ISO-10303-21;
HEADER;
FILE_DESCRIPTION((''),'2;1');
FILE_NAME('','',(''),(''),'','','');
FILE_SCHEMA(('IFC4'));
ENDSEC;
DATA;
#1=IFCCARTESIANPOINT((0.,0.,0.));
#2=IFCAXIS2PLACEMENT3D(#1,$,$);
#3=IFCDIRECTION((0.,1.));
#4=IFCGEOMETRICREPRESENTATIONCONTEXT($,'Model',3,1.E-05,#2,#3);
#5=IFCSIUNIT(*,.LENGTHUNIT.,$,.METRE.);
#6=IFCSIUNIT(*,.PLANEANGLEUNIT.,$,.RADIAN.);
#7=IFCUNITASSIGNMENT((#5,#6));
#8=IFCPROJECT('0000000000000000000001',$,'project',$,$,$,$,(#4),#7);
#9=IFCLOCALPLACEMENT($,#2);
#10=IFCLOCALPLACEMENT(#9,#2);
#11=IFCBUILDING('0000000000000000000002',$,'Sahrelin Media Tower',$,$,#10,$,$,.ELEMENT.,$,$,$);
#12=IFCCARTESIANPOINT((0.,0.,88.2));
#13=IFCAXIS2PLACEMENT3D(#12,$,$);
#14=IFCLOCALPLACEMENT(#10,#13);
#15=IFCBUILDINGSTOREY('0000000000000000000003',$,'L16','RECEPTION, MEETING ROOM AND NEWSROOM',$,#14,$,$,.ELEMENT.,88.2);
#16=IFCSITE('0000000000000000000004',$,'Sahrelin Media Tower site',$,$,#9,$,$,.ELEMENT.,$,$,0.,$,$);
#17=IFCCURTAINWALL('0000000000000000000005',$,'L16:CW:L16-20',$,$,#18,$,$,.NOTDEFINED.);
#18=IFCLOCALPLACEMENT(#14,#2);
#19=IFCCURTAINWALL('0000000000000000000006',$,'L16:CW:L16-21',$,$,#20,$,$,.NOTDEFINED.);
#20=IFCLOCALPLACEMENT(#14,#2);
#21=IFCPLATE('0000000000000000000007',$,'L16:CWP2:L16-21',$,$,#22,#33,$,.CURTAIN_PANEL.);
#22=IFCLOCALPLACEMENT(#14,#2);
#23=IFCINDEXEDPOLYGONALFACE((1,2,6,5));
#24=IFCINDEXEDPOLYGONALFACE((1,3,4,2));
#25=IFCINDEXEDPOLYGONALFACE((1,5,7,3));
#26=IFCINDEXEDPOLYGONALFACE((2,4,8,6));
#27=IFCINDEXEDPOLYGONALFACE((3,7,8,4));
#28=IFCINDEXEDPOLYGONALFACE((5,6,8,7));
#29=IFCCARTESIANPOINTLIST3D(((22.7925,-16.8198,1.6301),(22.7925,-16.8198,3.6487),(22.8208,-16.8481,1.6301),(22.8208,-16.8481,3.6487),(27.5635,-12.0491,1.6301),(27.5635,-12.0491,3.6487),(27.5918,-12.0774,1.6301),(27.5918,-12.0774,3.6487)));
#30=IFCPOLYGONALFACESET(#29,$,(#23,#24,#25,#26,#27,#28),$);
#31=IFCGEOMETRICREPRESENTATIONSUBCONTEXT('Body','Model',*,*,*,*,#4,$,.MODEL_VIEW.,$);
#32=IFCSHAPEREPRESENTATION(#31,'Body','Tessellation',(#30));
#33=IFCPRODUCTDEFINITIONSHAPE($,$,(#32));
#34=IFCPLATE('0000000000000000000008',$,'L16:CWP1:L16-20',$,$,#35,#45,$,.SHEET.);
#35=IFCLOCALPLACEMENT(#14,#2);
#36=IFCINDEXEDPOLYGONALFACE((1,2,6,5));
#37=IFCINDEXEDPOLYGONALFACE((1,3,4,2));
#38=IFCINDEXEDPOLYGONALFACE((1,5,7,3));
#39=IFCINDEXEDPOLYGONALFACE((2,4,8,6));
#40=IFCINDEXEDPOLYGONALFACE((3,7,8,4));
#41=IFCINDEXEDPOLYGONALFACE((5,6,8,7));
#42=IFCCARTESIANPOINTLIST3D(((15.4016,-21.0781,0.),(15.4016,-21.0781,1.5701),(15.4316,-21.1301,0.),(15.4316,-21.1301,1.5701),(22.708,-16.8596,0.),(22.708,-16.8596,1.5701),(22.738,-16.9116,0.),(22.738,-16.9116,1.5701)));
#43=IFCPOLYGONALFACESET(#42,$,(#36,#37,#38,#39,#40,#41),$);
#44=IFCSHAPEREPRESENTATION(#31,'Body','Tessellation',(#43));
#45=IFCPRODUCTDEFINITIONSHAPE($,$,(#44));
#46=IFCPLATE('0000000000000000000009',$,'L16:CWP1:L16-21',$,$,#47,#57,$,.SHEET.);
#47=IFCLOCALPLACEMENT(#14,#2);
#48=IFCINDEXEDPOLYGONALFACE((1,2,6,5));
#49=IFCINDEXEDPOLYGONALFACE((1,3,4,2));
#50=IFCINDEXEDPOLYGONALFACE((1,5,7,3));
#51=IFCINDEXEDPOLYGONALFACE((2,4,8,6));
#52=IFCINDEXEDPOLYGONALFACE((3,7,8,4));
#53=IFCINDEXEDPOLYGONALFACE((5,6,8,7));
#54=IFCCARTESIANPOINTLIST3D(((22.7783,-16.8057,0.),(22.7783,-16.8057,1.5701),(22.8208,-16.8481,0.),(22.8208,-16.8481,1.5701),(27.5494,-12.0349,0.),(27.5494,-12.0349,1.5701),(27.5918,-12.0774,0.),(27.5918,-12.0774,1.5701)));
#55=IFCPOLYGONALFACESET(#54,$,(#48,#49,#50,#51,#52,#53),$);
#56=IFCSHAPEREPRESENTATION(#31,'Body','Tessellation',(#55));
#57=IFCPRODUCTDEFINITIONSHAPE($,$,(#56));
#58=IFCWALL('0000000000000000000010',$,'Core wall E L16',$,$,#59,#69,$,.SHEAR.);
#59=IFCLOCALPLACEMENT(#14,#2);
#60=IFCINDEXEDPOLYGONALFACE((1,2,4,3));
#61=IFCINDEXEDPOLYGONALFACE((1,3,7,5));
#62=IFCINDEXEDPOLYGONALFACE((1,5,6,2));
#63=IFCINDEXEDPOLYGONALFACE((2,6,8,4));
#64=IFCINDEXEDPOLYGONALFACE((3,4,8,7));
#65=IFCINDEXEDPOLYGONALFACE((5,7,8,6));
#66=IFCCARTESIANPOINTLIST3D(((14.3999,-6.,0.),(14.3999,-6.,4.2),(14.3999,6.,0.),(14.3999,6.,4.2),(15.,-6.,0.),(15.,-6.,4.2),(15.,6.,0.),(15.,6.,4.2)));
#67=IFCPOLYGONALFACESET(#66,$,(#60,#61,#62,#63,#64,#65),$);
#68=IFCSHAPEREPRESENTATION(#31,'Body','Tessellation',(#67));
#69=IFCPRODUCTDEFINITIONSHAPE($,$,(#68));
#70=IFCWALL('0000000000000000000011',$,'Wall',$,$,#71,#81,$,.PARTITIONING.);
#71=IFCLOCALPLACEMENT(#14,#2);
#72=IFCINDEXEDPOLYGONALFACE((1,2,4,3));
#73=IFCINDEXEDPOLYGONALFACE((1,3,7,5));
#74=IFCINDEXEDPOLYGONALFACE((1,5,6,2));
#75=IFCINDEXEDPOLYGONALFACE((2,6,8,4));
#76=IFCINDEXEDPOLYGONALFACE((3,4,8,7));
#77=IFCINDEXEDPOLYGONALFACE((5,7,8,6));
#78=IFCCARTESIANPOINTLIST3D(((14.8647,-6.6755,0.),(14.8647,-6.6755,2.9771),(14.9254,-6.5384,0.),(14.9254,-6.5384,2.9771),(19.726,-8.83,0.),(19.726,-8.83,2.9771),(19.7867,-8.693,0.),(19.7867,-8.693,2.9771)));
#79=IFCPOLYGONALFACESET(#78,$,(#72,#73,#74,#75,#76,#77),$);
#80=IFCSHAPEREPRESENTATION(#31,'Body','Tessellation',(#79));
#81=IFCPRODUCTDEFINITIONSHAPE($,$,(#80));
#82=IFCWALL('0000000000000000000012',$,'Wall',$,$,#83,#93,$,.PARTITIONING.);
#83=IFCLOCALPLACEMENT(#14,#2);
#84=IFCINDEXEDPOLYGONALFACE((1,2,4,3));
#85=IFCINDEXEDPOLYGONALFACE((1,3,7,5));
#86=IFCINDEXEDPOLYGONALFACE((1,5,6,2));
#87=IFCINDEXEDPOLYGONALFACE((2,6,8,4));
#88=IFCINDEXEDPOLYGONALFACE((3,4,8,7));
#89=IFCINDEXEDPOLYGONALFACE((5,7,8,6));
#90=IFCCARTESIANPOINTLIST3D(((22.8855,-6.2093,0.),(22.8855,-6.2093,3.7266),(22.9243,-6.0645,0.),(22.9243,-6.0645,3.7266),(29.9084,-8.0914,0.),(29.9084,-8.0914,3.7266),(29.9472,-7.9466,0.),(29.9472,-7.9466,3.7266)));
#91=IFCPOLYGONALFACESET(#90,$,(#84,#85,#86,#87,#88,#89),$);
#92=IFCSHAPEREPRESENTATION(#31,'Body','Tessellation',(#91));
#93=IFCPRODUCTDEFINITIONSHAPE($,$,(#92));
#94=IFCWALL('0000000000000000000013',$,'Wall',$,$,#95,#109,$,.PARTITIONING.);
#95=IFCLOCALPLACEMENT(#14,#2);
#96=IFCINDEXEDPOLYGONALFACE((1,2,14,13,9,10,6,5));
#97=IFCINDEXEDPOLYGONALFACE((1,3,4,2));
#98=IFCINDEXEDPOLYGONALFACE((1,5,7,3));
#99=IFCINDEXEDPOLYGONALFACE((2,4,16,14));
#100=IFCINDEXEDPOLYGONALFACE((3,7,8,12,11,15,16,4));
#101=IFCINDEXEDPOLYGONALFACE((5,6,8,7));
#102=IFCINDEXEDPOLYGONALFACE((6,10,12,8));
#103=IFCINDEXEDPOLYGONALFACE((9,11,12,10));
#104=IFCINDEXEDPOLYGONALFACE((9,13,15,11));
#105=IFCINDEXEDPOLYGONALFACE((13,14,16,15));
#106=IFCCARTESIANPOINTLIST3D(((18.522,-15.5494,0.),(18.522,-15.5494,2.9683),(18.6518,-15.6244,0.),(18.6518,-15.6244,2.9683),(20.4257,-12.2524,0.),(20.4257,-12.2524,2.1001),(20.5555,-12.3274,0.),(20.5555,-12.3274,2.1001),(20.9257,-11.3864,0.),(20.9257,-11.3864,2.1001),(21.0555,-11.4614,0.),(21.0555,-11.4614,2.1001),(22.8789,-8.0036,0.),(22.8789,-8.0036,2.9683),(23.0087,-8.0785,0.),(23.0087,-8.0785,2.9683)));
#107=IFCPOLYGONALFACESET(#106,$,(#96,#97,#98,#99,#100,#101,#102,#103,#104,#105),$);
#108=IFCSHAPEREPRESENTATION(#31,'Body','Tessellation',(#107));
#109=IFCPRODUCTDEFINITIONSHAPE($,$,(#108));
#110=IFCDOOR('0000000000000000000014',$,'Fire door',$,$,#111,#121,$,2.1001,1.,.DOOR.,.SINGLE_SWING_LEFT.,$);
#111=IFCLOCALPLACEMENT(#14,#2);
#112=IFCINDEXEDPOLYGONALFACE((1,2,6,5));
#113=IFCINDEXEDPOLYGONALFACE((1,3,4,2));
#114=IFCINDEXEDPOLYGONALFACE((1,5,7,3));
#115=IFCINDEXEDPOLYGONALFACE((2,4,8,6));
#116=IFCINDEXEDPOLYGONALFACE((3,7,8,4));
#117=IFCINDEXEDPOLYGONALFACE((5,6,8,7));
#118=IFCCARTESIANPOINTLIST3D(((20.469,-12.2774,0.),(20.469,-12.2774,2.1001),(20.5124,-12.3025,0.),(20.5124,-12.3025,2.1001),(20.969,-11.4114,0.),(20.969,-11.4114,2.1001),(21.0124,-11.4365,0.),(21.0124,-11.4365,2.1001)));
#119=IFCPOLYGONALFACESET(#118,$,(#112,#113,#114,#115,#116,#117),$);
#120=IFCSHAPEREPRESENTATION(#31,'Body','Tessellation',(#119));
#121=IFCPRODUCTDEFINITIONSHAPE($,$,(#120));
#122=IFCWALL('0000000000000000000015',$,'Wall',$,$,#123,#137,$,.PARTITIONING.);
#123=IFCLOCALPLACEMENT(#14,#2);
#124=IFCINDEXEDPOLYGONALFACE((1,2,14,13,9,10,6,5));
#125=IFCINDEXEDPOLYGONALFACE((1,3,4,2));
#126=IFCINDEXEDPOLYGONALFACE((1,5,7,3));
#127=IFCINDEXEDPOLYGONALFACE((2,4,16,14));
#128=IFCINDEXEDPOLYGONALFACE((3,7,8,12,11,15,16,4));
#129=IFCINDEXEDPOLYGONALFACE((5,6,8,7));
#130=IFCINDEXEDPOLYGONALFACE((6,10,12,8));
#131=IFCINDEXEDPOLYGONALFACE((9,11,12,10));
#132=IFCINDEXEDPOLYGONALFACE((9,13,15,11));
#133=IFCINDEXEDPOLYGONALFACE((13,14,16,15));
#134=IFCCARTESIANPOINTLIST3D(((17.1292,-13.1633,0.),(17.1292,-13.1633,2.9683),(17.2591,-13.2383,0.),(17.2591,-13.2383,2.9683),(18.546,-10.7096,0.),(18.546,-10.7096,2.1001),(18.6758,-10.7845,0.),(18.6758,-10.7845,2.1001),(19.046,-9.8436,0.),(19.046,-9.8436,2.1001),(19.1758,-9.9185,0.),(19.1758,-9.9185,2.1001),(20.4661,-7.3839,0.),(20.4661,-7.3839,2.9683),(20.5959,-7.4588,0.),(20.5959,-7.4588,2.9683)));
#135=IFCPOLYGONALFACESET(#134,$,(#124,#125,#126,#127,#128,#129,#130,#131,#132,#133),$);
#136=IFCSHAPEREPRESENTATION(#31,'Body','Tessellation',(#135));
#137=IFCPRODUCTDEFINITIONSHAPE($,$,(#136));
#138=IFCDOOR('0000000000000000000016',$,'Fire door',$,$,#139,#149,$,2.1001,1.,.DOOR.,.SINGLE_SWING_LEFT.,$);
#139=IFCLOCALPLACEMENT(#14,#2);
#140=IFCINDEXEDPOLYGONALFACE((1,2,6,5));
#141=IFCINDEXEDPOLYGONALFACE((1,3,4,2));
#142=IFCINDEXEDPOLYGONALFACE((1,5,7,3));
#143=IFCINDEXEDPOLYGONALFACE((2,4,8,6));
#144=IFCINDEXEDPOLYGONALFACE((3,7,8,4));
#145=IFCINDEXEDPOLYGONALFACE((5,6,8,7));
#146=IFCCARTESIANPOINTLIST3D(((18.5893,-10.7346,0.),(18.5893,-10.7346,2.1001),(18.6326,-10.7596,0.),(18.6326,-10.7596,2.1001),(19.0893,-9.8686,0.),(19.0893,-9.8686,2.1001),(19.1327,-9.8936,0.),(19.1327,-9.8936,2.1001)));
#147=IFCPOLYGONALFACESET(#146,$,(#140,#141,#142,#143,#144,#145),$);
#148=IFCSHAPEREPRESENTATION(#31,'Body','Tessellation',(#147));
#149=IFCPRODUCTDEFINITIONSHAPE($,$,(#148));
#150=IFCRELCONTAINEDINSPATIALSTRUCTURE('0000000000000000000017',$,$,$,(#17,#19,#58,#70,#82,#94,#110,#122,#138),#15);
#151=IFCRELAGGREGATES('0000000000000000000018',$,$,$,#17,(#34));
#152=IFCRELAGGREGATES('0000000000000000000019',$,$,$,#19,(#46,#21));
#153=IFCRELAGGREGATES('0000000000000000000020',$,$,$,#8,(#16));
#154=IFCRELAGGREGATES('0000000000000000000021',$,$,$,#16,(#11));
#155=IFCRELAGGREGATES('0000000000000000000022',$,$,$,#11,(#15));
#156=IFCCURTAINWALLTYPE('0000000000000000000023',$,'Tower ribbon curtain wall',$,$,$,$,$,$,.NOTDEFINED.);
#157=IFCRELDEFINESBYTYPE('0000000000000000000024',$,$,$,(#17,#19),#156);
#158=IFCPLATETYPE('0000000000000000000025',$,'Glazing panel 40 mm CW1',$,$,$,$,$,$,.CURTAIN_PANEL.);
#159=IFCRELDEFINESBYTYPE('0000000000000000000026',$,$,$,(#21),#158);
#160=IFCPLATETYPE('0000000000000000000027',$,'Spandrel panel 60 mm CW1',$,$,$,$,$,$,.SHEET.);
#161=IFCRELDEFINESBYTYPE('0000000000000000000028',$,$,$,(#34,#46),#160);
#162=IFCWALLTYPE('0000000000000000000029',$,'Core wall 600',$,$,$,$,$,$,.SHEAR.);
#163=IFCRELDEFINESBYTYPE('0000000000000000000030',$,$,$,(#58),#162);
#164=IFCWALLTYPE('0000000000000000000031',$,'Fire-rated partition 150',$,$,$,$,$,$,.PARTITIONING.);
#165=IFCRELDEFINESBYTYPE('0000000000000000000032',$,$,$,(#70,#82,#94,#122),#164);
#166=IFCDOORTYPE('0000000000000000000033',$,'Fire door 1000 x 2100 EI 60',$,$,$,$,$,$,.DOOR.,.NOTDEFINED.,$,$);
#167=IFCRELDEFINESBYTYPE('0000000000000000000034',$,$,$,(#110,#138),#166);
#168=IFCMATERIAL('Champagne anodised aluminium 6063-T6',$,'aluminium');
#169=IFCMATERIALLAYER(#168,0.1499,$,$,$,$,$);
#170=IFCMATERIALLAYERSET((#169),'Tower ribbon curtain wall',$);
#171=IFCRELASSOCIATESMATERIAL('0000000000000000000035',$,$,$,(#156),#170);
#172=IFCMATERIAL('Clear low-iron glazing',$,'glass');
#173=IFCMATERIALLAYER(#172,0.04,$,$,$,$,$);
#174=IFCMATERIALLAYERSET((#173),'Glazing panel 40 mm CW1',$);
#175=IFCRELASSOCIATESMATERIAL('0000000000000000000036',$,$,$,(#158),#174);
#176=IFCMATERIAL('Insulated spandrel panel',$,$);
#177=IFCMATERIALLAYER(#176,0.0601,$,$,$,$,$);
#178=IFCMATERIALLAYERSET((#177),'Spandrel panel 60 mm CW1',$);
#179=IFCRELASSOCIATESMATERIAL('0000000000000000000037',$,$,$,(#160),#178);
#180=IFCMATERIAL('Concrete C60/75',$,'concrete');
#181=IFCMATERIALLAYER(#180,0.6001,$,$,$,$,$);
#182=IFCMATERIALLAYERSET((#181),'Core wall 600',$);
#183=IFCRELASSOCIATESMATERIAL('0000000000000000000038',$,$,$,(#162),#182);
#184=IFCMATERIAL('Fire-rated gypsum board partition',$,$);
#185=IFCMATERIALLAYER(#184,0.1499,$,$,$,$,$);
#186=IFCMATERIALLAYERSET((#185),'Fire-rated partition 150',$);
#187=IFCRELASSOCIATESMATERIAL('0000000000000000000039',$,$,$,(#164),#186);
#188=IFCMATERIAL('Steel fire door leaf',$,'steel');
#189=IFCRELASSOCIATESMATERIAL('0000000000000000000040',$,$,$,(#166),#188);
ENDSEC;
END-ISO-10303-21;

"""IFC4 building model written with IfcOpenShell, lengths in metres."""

from ifc_helpers import new_model, si_unit, direction, frame, frame_2d, origin, place, context, subcontext, project, spatial, polyline, rectangle, outline, extrude, material, layer, layer_set, type_object, element, fill, aggregate, save


model = new_model("IFC4")

# Units and contexts
model_context = context("Model", 3, precision=1e-05, world=origin(), true_north=direction((0.0, 1.0)))
body_context = subcontext(model_context, "Body", "Model", "MODEL_VIEW")
ifc_project = project(units=[si_unit("LENGTHUNIT", "METRE"), si_unit("PLANEANGLEUNIT", "RADIAN")], contexts=[model_context])

# Site, building, storey
site_placement = place(None, origin())
site = spatial("IfcSite", under=ifc_project, at=site_placement, Name="Sahrelin Media Tower site", CompositionType="ELEMENT", RefElevation=0.0)
building_placement = place(site_placement, origin())
building = spatial("IfcBuilding", under=site, at=building_placement, Name="Sahrelin Media Tower", CompositionType="ELEMENT")
storey_placement = place(building_placement, frame((0.0, 0.0, 88.2)))
storey = spatial("IfcBuildingStorey", under=building, at=storey_placement, Name="L16", Description="RECEPTION, MEETING ROOM AND NEWSROOM", CompositionType="ELEMENT", Elevation=88.2)

# Curtain wall
ifc_material_1 = material(Name="Champagne anodised aluminium 6063-T6", Category="aluminium")
ifc_layer_1 = layer(ifc_material_1, 0.1499)
ifc_layer_set_1 = layer_set([ifc_layer_1], Name="Tower ribbon curtain wall")
curtain_wall_type = type_object("IfcCurtainWallType", Name="Tower ribbon curtain wall", PredefinedType="NOTDEFINED", material=ifc_layer_set_1)
curtain_wall_1_placement = place(storey_placement, frame((19.075, -19.0037, 0.0), z_axis=(0.0, 0.0, 1.0), x_axis=(1.0, 0.0, 0.0)))
curtain_wall_1 = element("IfcCurtainWall", 1, at=curtain_wall_1_placement, inside=storey, type_object=curtain_wall_type, Name="L16:CW:L16-20", PredefinedType="NOTDEFINED")

# Curtain wall
curtain_wall_2_placement = place(storey_placement, frame((25.1921, -14.4487, 0.0), z_axis=(0.0, 0.0, 1.0), x_axis=(1.0, 0.0, 0.0)))
curtain_wall_2 = element("IfcCurtainWall", 2, at=curtain_wall_2_placement, inside=storey, type_object=curtain_wall_type, Name="L16:CW:L16-21", PredefinedType="NOTDEFINED")

# Plates
ifc_material_2 = material(Name="Clear low-iron glazing", Category="glass")
ifc_layer_2 = layer(ifc_material_2, 0.04)
ifc_layer_set_2 = layer_set([ifc_layer_2], Name="Glazing panel 40 mm CW1")
plate_type_1 = type_object("IfcPlateType", Name="Glazing panel 40 mm CW1", PredefinedType="CURTAIN_PANEL", material=ifc_layer_set_2)
plate_1_placement = place(storey_placement, frame((22.8208, -16.8481, 1.6301), z_axis=(0.707089, -0.707125, 0.0), x_axis=(0.707125, 0.707089, 0.0)))
plate_1 = element("IfcPlate", 3, at=plate_1_placement, type_object=plate_type_1, Name="L16:CWP2:L16-21", PredefinedType="CURTAIN_PANEL", context=body_context, shape_type="SweptSolid", body=[
    extrude(outline(polyline([(0.0, 0.0), (6.7471, 0.0), (6.7471, 2.0186), (0.0, 2.0186), (0.0, 0.0)])), origin(), (0.0, 0.0, -1.0), 0.04),
])
ifc_material_3 = material(Name="Insulated spandrel panel")
ifc_layer_3 = layer(ifc_material_3, 0.0601)
ifc_layer_set_3 = layer_set([ifc_layer_3], Name="Spandrel panel 60 mm CW1")
plate_type_2 = type_object("IfcPlateType", Name="Spandrel panel 60 mm CW1", PredefinedType="SHEET", material=ifc_layer_set_3)
plate_2_placement = place(storey_placement, frame((15.4316, -21.1301, 0.0), z_axis=(0.500014, -0.866017, 0.0), x_axis=(0.866017, 0.500014, 0.0)))
plate_2 = element("IfcPlate", 4, at=plate_2_placement, type_object=plate_type_2, Name="L16:CWP1:L16-20", PredefinedType="SHEET", context=body_context, shape_type="SweptSolid", body=[
    extrude(outline(polyline([(0.0, 0.0), (8.4368, 0.0), (8.4368, 1.5701), (0.0, 1.5701), (0.0, 0.0)])), origin(), (0.0, 0.0, -1.0), 0.0601),
])
aggregate(curtain_wall_1, [plate_2])
plate_3_placement = place(storey_placement, frame((22.8208, -16.8481, 0.0), z_axis=(0.707089, -0.707125, 0.0), x_axis=(0.707125, 0.707089, 0.0)))
plate_3 = element("IfcPlate", 5, at=plate_3_placement, type_object=plate_type_2, Name="L16:CWP1:L16-21", PredefinedType="SHEET", context=body_context, shape_type="SweptSolid", body=[
    extrude(outline(polyline([(0.0, 0.0), (6.7471, 0.0), (6.7471, 1.5701), (0.0, 1.5701), (0.0, 0.0)])), origin(), (0.0, 0.0, -1.0), 0.0601),
])
aggregate(curtain_wall_2, [plate_3, plate_1])

# Walls
ifc_material_4 = material(Name="Concrete C60/75", Category="concrete")
ifc_layer_4 = layer(ifc_material_4, 0.6001)
ifc_layer_set_4 = layer_set([ifc_layer_4], Name="Core wall 600")
wall_type_1 = type_object("IfcWallType", Name="Core wall 600", PredefinedType="SHEAR", material=ifc_layer_set_4)
wall_1_placement = place(storey_placement, frame((14.7, -6.0, 0.0), z_axis=(0.0, 0.0, 1.0), x_axis=(0.0, 1.0, 0.0)))
element("IfcWall", 6, at=wall_1_placement, inside=storey, type_object=wall_type_1, Name="Core wall E L16", PredefinedType="SHEAR", context=body_context, shape_type="SweptSolid", body=[
    extrude(rectangle(XDim=12.0, YDim=0.6001, at=frame_2d((6.0, 0.0))), origin(), (0.0, 0.0, 1.0), 4.2),
])
ifc_material_5 = material(Name="Fire-rated gypsum board partition")
ifc_layer_5 = layer(ifc_material_5, 0.1499)
ifc_layer_set_5 = layer_set([ifc_layer_5], Name="Fire-rated partition 150")
wall_type_2 = type_object("IfcWallType", Name="Fire-rated partition 150", PredefinedType="PARTITIONING", material=ifc_layer_set_5)
wall_2_placement = place(storey_placement, frame((14.895, -6.6069, 0.0), z_axis=(0.0, 0.0, 1.0), x_axis=(0.914233, -0.405188, 0.0)))
element("IfcWall", 7, at=wall_2_placement, inside=storey, type_object=wall_type_2, Name="Wall", PredefinedType="PARTITIONING", context=body_context, shape_type="SweptSolid", body=[
    extrude(rectangle(XDim=5.3174, YDim=0.1499, at=frame_2d((2.6587, 0.0))), origin(), (0.0, 0.0, 1.0), 2.9771),
])
wall_3_placement = place(storey_placement, frame((22.905, -6.137, 0.0), z_axis=(0.0, 0.0, 1.0), x_axis=(0.965916, -0.258856, 0.0)))
element("IfcWall", 8, at=wall_3_placement, inside=storey, type_object=wall_type_2, Name="Wall", PredefinedType="PARTITIONING", context=body_context, shape_type="SweptSolid", body=[
    extrude(rectangle(XDim=7.2708, YDim=0.1499, at=frame_2d((3.6353, 0.0))), origin(), (0.0, 0.0, 1.0), 3.7266),
])

# Walls, openings, doors
wall_4_placement = place(storey_placement, frame((18.5869, -15.5869, 0.0), z_axis=(0.0, 0.0, 1.0), x_axis=(0.500026, 0.86601, 0.0)))
wall_4 = element("IfcWall", 9, at=wall_4_placement, inside=storey, type_object=wall_type_2, Name="Wall", PredefinedType="PARTITIONING", context=body_context, shape_type="SweptSolid", body=[
    extrude(rectangle(XDim=8.7134, YDim=0.1499, at=frame_2d((4.3567, 0.0))), origin(), (0.0, 0.0, 1.0), 2.9683),
])
opening_1_placement = place(wall_4_placement, frame((3.8071, 0.0, 0.0)))
opening_1 = element("IfcOpeningElement", 10, at=opening_1_placement, cuts=wall_4, PredefinedType="OPENING", context=body_context, shape_type="SweptSolid", body=[
    extrude(rectangle(XDim=1.0, YDim=2.1001, at=frame_2d((0.5, 1.05))), frame((0.0, 0.075, 0.0), z_axis=(0.0, -1.0, 0.0), x_axis=(1.0, 0.0, 0.0)), (0.0, 0.0, 1.0), 0.1499),
])
ifc_material_6 = material(Name="Steel fire door leaf", Category="steel")
door_type = type_object("IfcDoorType", Name="Fire door 1000 x 2100 EI 60", OperationType="NOTDEFINED", PredefinedType="DOOR", material=ifc_material_6)
door_1_placement = place(opening_1_placement, origin())
door_1 = element("IfcDoor", 11, at=door_1_placement, inside=storey, type_object=door_type, Name="Fire door", OperationType="SINGLE_SWING_LEFT", OverallHeight=2.1001, OverallWidth=1.0, PredefinedType="DOOR", context=body_context, shape_type="SweptSolid", body=[
    extrude(rectangle(XDim=1.0, YDim=2.1001, at=frame_2d((0.5, 1.05))), frame((0.0, 0.0249, 0.0), z_axis=(0.0, -1.0, 0.0), x_axis=(1.0, 0.0, 0.0)), (0.0, 0.0, 1.0), 0.05),
])
fill(opening_1, door_1)
wall_5_placement = place(storey_placement, frame((17.1941, -13.2009, 0.0), z_axis=(0.0, 0.0, 1.0), x_axis=(0.500011, 0.866019, 0.0)))
wall_5 = element("IfcWall", 12, at=wall_5_placement, inside=storey, type_object=wall_type_2, Name="Wall", PredefinedType="PARTITIONING", context=body_context, shape_type="SweptSolid", body=[
    extrude(rectangle(XDim=6.6736, YDim=0.1499, at=frame_2d((3.3369, 0.0))), origin(), (0.0, 0.0, 1.0), 2.9683),
])
opening_2_placement = place(wall_5_placement, frame((2.8335, 0.0, 0.0)))
opening_2 = element("IfcOpeningElement", 13, at=opening_2_placement, cuts=wall_5, PredefinedType="OPENING", context=body_context, shape_type="SweptSolid", body=[
    extrude(rectangle(XDim=1.0, YDim=2.1001, at=frame_2d((0.5, 1.05))), frame((0.0, 0.075, 0.0), z_axis=(0.0, -1.0, 0.0), x_axis=(1.0, 0.0, 0.0)), (0.0, 0.0, 1.0), 0.1499),
])
door_2_placement = place(opening_2_placement, origin())
door_2 = element("IfcDoor", 14, at=door_2_placement, inside=storey, type_object=door_type, Name="Fire door", OperationType="SINGLE_SWING_LEFT", OverallHeight=2.1001, OverallWidth=1.0, PredefinedType="DOOR", context=body_context, shape_type="SweptSolid", body=[
    extrude(rectangle(XDim=1.0, YDim=2.1001, at=frame_2d((0.5, 1.05))), frame((0.0, 0.0249, 0.0), z_axis=(0.0, -1.0, 0.0), x_axis=(1.0, 0.0, 0.0)), (0.0, 0.0, 1.0), 0.05),
])
fill(opening_2, door_2)

save(model, "model.ifc")
